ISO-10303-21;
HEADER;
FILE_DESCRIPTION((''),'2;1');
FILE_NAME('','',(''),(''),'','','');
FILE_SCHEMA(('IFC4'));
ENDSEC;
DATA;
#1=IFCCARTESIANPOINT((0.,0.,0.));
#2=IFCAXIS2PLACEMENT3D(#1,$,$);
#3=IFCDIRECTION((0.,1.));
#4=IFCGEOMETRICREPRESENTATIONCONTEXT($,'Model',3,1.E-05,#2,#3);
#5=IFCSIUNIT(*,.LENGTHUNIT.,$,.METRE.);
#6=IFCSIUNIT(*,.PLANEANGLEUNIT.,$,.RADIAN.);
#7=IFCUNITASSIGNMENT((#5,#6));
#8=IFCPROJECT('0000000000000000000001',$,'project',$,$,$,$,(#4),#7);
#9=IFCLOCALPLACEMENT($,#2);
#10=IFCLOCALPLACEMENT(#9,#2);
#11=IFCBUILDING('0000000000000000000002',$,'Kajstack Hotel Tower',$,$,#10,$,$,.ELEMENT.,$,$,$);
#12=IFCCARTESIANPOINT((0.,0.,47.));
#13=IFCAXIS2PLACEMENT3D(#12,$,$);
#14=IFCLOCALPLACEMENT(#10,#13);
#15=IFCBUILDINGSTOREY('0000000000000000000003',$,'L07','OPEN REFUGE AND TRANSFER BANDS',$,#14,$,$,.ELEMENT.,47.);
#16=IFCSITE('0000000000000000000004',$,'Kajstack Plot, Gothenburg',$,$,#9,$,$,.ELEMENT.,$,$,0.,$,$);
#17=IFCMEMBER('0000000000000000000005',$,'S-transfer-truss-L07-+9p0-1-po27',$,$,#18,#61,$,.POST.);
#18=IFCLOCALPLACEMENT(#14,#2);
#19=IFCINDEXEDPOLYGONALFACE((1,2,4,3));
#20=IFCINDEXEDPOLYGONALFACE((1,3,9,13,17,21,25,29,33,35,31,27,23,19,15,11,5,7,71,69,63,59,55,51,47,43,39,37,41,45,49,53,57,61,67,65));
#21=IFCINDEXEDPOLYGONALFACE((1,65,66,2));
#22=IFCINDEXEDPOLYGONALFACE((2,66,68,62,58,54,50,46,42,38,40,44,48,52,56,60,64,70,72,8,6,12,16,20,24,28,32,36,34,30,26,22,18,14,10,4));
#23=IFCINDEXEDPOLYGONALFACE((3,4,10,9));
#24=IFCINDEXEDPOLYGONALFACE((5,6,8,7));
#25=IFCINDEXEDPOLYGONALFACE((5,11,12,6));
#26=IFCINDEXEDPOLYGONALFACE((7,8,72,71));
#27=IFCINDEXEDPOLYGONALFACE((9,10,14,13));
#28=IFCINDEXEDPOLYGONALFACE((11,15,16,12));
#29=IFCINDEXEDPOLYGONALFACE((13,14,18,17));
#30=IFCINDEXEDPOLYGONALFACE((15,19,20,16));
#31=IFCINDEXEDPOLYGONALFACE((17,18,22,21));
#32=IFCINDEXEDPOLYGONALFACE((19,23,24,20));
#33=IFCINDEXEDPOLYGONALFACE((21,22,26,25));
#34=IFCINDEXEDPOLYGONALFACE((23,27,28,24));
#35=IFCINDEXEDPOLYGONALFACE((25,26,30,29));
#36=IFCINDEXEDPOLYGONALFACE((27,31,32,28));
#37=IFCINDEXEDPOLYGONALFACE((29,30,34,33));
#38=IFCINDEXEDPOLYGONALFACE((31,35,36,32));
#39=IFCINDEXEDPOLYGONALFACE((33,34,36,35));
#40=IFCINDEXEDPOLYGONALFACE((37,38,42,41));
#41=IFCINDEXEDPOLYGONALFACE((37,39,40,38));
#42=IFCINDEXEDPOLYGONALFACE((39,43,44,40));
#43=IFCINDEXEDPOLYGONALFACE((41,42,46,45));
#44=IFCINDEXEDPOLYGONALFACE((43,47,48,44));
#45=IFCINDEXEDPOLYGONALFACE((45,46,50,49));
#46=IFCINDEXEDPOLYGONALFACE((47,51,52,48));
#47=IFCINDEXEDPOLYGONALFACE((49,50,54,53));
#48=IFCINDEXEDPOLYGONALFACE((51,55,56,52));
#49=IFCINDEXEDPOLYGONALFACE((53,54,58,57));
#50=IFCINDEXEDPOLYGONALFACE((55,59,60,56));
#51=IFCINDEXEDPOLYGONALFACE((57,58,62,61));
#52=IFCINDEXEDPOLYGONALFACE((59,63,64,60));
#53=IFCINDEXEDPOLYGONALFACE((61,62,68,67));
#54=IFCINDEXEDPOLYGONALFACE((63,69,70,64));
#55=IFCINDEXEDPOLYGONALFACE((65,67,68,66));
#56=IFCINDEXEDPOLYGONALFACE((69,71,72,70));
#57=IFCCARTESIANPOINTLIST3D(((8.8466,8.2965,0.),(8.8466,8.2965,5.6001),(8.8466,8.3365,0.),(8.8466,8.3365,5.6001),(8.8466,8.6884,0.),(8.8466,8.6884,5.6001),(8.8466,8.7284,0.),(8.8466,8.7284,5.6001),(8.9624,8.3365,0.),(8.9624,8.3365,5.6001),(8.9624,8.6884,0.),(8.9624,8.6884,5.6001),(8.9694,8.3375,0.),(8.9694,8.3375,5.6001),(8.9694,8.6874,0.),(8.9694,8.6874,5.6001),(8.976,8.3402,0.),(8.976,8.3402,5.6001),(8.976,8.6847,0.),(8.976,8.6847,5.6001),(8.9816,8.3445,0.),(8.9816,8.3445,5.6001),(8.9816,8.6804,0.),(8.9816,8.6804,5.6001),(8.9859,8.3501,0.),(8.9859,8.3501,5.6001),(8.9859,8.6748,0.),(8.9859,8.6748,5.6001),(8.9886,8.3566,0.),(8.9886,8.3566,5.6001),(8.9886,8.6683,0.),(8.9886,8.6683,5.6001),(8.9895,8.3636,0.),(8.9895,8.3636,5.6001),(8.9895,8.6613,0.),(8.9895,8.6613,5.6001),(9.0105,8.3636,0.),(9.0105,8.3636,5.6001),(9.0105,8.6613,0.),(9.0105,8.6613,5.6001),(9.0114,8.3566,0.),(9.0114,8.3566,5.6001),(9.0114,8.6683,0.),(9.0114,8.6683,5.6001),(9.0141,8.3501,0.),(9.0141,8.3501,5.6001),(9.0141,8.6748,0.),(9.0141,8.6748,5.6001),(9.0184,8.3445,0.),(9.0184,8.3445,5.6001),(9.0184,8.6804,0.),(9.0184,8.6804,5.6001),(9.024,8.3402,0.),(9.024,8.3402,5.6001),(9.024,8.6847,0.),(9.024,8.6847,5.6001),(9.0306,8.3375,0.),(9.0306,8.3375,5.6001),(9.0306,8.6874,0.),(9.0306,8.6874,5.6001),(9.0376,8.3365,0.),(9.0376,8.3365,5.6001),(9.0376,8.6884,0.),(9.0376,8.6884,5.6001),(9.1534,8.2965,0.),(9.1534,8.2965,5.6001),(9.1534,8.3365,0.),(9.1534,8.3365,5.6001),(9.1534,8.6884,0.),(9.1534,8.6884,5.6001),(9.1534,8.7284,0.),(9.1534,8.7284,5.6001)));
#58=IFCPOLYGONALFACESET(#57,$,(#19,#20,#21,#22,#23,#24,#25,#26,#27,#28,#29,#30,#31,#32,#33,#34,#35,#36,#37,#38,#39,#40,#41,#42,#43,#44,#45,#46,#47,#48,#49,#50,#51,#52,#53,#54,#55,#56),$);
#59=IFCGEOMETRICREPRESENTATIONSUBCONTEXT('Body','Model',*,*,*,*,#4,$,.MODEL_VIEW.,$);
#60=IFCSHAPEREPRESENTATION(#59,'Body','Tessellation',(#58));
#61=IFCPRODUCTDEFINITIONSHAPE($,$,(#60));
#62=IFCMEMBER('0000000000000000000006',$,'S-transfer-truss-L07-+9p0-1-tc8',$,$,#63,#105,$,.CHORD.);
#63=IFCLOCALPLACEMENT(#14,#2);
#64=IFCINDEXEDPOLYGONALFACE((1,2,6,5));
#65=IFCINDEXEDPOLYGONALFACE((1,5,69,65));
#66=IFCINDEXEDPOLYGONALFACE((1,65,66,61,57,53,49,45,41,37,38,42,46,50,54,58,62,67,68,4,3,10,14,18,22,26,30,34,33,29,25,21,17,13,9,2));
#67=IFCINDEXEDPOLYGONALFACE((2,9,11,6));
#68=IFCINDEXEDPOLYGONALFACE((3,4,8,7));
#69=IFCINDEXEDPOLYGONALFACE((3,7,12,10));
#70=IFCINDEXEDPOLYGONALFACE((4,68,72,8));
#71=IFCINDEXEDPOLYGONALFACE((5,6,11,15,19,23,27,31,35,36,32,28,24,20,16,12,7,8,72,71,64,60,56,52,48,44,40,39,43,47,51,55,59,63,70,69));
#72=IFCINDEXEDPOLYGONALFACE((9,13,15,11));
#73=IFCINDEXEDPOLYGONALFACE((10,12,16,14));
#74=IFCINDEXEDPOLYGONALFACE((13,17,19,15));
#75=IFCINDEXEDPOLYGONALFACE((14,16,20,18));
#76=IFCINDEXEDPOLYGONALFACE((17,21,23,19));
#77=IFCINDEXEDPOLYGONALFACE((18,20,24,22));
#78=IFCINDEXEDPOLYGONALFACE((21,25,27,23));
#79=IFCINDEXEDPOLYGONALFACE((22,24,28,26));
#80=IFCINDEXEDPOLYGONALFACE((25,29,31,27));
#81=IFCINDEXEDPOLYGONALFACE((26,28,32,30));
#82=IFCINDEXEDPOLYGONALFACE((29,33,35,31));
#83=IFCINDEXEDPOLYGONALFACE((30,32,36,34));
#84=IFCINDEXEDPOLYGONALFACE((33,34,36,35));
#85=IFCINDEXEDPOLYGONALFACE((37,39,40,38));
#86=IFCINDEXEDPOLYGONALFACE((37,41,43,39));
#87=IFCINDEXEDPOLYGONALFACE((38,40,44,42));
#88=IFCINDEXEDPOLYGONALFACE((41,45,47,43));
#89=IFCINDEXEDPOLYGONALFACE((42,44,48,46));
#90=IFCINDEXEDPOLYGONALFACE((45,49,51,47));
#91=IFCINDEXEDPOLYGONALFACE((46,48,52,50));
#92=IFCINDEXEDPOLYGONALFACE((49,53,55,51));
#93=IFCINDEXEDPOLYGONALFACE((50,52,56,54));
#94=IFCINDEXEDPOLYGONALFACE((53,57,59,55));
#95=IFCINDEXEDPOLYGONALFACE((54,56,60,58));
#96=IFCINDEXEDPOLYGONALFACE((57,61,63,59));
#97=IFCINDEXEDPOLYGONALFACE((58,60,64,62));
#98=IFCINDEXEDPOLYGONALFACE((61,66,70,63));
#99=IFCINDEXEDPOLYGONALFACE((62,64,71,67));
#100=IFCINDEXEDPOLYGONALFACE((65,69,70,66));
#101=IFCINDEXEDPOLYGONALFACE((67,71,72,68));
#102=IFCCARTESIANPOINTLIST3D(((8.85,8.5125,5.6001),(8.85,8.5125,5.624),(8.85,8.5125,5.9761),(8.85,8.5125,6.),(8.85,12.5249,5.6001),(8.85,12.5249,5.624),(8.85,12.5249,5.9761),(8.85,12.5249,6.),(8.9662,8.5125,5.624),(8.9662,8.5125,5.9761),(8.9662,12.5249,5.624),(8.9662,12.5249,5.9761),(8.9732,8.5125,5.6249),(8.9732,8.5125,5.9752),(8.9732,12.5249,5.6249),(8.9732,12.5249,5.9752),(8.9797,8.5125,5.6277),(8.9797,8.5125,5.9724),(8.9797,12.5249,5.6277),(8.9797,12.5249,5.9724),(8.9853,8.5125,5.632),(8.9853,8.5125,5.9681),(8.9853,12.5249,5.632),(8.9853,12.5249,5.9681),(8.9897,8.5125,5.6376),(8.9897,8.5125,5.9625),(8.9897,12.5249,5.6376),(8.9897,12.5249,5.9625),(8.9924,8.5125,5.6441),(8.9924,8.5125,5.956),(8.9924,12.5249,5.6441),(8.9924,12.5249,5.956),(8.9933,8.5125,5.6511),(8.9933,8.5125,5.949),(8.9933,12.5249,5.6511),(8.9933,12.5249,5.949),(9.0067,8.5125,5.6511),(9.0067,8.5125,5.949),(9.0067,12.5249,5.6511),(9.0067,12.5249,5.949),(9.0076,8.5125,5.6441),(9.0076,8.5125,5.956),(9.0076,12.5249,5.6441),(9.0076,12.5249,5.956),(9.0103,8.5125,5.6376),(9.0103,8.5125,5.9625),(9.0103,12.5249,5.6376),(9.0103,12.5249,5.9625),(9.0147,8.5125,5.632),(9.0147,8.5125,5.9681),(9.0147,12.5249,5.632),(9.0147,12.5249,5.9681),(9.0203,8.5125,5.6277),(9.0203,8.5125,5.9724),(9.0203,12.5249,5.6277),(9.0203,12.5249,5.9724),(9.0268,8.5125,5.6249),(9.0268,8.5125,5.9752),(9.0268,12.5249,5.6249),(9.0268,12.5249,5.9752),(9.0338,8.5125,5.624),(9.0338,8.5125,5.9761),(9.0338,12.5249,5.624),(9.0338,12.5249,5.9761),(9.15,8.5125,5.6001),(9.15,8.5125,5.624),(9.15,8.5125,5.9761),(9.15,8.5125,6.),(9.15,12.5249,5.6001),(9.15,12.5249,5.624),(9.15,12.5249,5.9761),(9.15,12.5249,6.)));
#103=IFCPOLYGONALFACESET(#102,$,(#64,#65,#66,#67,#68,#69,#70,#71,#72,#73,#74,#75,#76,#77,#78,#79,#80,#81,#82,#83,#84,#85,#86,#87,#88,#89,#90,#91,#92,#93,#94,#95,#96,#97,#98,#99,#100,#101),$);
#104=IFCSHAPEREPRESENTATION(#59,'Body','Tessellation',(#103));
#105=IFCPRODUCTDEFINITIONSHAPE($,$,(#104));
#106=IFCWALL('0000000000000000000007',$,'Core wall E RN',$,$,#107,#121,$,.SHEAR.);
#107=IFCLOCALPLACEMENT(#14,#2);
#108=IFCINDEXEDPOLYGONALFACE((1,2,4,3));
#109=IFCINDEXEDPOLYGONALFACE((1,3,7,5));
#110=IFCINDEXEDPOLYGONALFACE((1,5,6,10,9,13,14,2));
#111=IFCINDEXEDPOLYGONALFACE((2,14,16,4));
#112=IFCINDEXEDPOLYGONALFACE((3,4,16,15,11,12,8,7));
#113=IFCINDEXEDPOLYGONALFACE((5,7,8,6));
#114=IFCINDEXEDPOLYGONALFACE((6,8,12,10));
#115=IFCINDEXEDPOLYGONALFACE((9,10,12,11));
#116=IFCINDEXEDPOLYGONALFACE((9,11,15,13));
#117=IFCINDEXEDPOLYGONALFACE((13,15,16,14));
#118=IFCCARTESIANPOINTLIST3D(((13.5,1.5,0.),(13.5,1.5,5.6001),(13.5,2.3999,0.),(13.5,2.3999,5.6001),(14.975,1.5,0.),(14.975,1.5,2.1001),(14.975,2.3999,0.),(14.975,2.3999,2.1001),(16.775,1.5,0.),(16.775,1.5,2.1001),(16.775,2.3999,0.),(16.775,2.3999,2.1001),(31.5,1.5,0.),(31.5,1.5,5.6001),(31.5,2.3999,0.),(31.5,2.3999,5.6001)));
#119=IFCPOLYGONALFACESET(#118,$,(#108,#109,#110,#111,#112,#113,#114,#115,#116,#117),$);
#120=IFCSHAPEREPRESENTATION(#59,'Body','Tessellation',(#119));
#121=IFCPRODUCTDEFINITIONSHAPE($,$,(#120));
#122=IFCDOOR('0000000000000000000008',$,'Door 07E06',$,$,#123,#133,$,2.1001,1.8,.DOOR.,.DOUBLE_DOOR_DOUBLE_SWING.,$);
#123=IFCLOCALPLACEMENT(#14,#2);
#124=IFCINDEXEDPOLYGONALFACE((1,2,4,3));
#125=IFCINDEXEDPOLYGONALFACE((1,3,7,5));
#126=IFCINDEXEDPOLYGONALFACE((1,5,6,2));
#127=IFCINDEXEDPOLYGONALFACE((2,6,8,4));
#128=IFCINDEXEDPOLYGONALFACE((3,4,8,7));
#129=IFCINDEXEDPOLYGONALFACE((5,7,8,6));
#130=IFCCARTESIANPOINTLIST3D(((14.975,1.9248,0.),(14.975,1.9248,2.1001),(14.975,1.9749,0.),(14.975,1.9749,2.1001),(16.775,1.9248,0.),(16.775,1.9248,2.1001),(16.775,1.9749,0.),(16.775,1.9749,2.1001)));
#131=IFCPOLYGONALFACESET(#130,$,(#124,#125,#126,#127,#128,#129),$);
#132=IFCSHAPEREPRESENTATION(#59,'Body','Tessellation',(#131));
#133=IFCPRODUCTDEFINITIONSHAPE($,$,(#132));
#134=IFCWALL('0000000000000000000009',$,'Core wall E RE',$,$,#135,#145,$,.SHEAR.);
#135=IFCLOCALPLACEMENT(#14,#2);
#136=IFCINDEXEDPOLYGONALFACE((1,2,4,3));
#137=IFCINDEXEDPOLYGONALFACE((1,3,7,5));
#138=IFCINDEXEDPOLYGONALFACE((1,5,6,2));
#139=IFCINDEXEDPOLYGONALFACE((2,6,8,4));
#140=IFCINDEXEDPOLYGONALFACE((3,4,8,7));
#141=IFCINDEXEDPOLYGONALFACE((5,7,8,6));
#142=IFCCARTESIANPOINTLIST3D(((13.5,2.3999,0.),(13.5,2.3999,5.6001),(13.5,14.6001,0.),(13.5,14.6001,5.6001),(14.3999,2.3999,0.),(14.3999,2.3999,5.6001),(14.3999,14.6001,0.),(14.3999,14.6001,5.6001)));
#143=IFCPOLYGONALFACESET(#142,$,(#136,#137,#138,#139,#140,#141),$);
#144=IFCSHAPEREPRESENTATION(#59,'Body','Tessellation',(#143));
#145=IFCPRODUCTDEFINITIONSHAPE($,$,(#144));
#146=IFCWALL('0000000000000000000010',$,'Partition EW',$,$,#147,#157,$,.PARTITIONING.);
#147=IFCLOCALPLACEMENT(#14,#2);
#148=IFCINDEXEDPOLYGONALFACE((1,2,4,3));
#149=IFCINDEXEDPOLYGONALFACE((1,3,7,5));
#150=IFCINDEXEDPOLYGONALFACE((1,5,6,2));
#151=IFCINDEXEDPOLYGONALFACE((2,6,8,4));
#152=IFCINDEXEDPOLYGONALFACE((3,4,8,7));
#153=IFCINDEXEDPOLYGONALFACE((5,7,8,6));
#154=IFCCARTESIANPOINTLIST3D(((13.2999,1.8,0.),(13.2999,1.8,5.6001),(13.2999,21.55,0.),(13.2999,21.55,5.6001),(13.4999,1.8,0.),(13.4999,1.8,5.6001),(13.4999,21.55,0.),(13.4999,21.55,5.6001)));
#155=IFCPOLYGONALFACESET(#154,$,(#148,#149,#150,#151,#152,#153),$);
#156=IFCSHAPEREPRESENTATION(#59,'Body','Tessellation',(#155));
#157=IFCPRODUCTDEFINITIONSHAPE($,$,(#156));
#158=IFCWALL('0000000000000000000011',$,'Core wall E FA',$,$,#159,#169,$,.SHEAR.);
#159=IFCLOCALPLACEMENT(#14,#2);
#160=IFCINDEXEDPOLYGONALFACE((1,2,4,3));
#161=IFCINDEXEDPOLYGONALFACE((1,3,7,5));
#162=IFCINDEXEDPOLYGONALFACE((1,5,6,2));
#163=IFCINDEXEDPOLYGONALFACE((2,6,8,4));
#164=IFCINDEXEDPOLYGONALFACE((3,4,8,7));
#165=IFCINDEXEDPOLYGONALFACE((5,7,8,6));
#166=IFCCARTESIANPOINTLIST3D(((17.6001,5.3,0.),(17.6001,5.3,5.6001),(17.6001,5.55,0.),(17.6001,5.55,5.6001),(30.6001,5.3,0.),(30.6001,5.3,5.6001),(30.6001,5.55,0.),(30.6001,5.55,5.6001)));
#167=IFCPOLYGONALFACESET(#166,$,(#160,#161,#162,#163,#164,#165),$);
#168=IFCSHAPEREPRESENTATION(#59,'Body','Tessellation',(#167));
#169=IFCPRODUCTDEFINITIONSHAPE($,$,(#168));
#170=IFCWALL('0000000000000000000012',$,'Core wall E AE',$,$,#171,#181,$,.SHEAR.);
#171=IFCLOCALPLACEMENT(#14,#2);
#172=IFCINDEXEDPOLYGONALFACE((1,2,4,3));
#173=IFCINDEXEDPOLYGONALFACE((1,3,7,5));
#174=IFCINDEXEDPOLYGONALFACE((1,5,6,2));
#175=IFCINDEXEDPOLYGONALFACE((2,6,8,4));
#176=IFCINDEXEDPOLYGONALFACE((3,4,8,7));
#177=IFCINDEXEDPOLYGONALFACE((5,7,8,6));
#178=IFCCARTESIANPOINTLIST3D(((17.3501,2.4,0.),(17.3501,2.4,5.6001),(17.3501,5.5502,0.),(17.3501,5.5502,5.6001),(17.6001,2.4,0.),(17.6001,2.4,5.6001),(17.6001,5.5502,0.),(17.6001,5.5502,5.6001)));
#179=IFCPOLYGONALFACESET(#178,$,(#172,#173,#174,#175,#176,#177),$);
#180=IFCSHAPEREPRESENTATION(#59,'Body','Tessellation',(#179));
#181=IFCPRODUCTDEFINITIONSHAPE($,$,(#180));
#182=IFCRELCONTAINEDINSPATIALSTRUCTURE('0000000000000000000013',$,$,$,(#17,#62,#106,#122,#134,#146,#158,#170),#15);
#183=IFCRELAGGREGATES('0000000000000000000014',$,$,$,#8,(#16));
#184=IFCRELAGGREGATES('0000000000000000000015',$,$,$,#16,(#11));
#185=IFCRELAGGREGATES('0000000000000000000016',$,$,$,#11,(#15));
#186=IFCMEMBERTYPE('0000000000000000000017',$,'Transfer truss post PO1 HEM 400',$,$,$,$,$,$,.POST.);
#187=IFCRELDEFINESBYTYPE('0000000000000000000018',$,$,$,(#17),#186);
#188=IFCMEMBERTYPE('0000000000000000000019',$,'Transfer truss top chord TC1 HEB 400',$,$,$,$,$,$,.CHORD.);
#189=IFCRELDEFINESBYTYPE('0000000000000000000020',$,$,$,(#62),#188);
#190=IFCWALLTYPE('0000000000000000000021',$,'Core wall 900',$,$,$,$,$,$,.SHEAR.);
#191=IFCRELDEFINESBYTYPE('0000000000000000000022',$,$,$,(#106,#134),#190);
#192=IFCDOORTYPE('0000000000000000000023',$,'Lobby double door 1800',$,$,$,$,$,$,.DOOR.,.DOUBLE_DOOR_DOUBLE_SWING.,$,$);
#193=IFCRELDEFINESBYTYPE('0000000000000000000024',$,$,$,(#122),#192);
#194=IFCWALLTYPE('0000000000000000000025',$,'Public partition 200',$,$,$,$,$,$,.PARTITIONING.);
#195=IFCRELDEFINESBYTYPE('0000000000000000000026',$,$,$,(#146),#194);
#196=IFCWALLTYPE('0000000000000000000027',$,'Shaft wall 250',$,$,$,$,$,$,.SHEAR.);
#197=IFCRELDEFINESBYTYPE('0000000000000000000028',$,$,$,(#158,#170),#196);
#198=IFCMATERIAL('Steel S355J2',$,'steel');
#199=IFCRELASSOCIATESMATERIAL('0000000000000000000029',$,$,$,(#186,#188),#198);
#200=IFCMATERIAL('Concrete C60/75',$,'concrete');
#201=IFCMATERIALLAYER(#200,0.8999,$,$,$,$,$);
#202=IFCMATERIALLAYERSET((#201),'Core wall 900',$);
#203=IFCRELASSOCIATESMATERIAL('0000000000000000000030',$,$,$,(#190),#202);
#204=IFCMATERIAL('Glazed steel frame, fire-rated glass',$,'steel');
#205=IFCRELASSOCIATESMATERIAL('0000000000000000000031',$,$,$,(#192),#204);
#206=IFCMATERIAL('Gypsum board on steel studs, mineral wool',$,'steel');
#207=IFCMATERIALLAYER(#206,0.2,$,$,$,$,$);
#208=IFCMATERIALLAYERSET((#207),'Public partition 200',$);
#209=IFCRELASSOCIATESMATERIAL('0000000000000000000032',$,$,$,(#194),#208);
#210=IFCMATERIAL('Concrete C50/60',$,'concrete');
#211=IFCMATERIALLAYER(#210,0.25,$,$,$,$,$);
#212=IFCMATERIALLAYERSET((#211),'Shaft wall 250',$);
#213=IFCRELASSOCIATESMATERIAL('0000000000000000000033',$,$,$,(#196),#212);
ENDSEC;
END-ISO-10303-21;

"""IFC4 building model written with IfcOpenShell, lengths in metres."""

from ifc_helpers import new_model, si_unit, direction, frame, frame_2d, origin, origin_2d, place, context, subcontext, project, spatial, rectangle, i_section, extrude, material, layer, layer_set, material_profile, profile_set, type_object, element, fill, save


model = new_model("IFC4")

# Units and contexts
model_context = context("Model", 3, precision=1e-05, world=origin(), true_north=direction((0.0, 1.0)))
body_context = subcontext(model_context, "Body", "Model", "MODEL_VIEW")
ifc_project = project(units=[si_unit("LENGTHUNIT", "METRE"), si_unit("PLANEANGLEUNIT", "RADIAN")], contexts=[model_context])

# Site, building, storey
site_placement = place(None, origin())
site = spatial("IfcSite", under=ifc_project, at=site_placement, Name="Kajstack Plot, Gothenburg", CompositionType="ELEMENT", RefElevation=0.0)
building_placement = place(site_placement, origin())
building = spatial("IfcBuilding", under=site, at=building_placement, Name="Kajstack Hotel Tower", CompositionType="ELEMENT")
storey_placement = place(building_placement, frame((0.0, 0.0, 47.0)))
storey = spatial("IfcBuildingStorey", under=building, at=storey_placement, Name="L07", Description="OPEN REFUGE AND TRANSFER BANDS", CompositionType="ELEMENT", Elevation=47.0)

# Members
ifc_material_1 = material(Name="Steel S355J2", Category="steel")
ifc_material_profile_1 = material_profile(ifc_material_1, i_section(OverallWidth=0.3069, OverallDepth=0.4319, WebThickness=0.021, FlangeThickness=0.04, FilletRadius=0.0271, at=origin_2d()), Name="HEM 400")
ifc_profile_set_1 = profile_set([ifc_material_profile_1], Name="Steel S355J2")
member_type_1 = type_object("IfcMemberType", Name="Transfer truss post PO1 HEM 400", PredefinedType="POST", material=ifc_profile_set_1)
for number, where, z_axis, x_axis, name in (
    (1, (9.0, 8.5125, 0.0), (0.0, 0.0, 1.0), (1.0, 0.0, 0.0), "S-transfer-truss-L07-+9p0-1-po27"),
):
    element("IfcMember", number, at=place(storey_placement, frame(where, z_axis=z_axis, x_axis=x_axis)), inside=storey, type_object=member_type_1, Name=name, PredefinedType="POST", context=body_context, shape_type="SweptSolid", body=[
        extrude(i_section(OverallWidth=0.3069, OverallDepth=0.4319, WebThickness=0.021, FlangeThickness=0.04, FilletRadius=0.0271, at=origin_2d()), origin(), (0.0, 0.0, 1.0), 5.6001),
    ])
ifc_material_profile_2 = material_profile(ifc_material_1, i_section(OverallWidth=0.3, OverallDepth=0.3999, WebThickness=0.0134, FlangeThickness=0.0239, FilletRadius=0.0271, at=origin_2d()), Name="HEB 400")
ifc_profile_set_2 = profile_set([ifc_material_profile_2], Name="Steel S355J2")
member_type_2 = type_object("IfcMemberType", Name="Transfer truss top chord TC1 HEB 400", PredefinedType="CHORD", material=ifc_profile_set_2)
member_1_placement = place(storey_placement, frame((9.0, 8.5125, 5.8), z_axis=(0.0, 1.0, 0.0), x_axis=(-1.0, 0.0, 0.0)))
element("IfcMember", 2, at=member_1_placement, inside=storey, type_object=member_type_2, Name="S-transfer-truss-L07-+9p0-1-tc8", PredefinedType="CHORD", context=body_context, shape_type="SweptSolid", body=[
    extrude(i_section(OverallWidth=0.3, OverallDepth=0.3999, WebThickness=0.0134, FlangeThickness=0.0239, FilletRadius=0.0271, at=origin_2d()), origin(), (0.0, 0.0, 1.0), 4.0125),
])

# Wall, opening, door
ifc_material_2 = material(Name="Concrete C60/75", Category="concrete")
ifc_layer_1 = layer(ifc_material_2, 0.8999)
ifc_layer_set_1 = layer_set([ifc_layer_1], Name="Core wall 900")
wall_type_1 = type_object("IfcWallType", Name="Core wall 900", PredefinedType="SHEAR", material=ifc_layer_set_1)
wall_1_placement = place(storey_placement, frame((13.5, 1.95, 0.0), z_axis=(0.0, 0.0, 1.0), x_axis=(1.0, 0.0, 0.0)))
wall_1 = element("IfcWall", 3, at=wall_1_placement, inside=storey, type_object=wall_type_1, Name="Core wall E RN", PredefinedType="SHEAR", context=body_context, shape_type="SweptSolid", body=[
    extrude(rectangle(XDim=18.0, YDim=0.8999, at=frame_2d((9.0, 0.0))), origin(), (0.0, 0.0, 1.0), 5.6001),
])
opening_1_placement = place(wall_1_placement, frame((1.4751, 0.0, 0.0)))
opening_1 = element("IfcOpeningElement", 4, at=opening_1_placement, cuts=wall_1, PredefinedType="OPENING", context=body_context, shape_type="SweptSolid", body=[
    extrude(rectangle(XDim=1.8, YDim=2.1001, at=frame_2d((0.8999, 1.05))), frame((0.0, 0.46, 0.0), z_axis=(0.0, -1.0, 0.0), x_axis=(1.0, 0.0, 0.0)), (0.0, 0.0, 1.0), 0.9199),
])
ifc_material_3 = material(Name="Glazed steel frame, fire-rated glass", Category="steel")
door_type_1 = type_object("IfcDoorType", Name="Lobby double door 1800", OperationType="DOUBLE_DOOR_DOUBLE_SWING", PredefinedType="DOOR", material=ifc_material_3)
door_1_placement = place(opening_1_placement, origin())
door_1 = element("IfcDoor", 5, at=door_1_placement, inside=storey, type_object=door_type_1, Name="Door 07E06", OperationType="DOUBLE_DOOR_DOUBLE_SWING", OverallHeight=2.1001, OverallWidth=1.8, PredefinedType="DOOR", context=body_context, shape_type="SweptSolid", body=[
    extrude(rectangle(XDim=1.8, YDim=2.1001, at=frame_2d((0.8999, 1.05))), frame((0.0, 0.0249, 0.0), z_axis=(0.0, -1.0, 0.0), x_axis=(1.0, 0.0, 0.0)), (0.0, 0.0, 1.0), 0.05),
])
fill(opening_1, door_1)

# Walls
wall_2_placement = place(storey_placement, frame((13.95, 2.3999, 0.0), z_axis=(0.0, 0.0, 1.0), x_axis=(0.0, 1.0, 0.0)))
element("IfcWall", 6, at=wall_2_placement, inside=storey, type_object=wall_type_1, Name="Core wall E RE", PredefinedType="SHEAR", context=body_context, shape_type="SweptSolid", body=[
    extrude(rectangle(XDim=12.2002, YDim=0.8999, at=frame_2d((6.1001, 0.0))), origin(), (0.0, 0.0, 1.0), 5.6001),
])
ifc_material_4 = material(Name="Gypsum board on steel studs, mineral wool", Category="steel")
ifc_layer_2 = layer(ifc_material_4, 0.2)
ifc_layer_set_2 = layer_set([ifc_layer_2], Name="Public partition 200")
wall_type_2 = type_object("IfcWallType", Name="Public partition 200", PredefinedType="PARTITIONING", material=ifc_layer_set_2)
wall_3_placement = place(storey_placement, frame((13.3999, 1.8, 0.0), z_axis=(0.0, 0.0, 1.0), x_axis=(0.0, 1.0, 0.0)))
element("IfcWall", 7, at=wall_3_placement, inside=storey, type_object=wall_type_2, Name="Partition EW", PredefinedType="PARTITIONING", context=body_context, shape_type="SweptSolid", body=[
    extrude(rectangle(XDim=19.75, YDim=0.2, at=frame_2d((9.875, 0.0))), origin(), (0.0, 0.0, 1.0), 5.6001),
])
ifc_material_5 = material(Name="Concrete C50/60", Category="concrete")
ifc_layer_3 = layer(ifc_material_5, 0.25)
ifc_layer_set_3 = layer_set([ifc_layer_3], Name="Shaft wall 250")
wall_type_3 = type_object("IfcWallType", Name="Shaft wall 250", PredefinedType="SHEAR", material=ifc_layer_set_3)
wall_4_placement = place(storey_placement, frame((17.6001, 5.425, 0.0), z_axis=(0.0, 0.0, 1.0), x_axis=(1.0, 0.0, 0.0)))
element("IfcWall", 8, at=wall_4_placement, inside=storey, type_object=wall_type_3, Name="Core wall E FA", PredefinedType="SHEAR", context=body_context, shape_type="SweptSolid", body=[
    extrude(rectangle(XDim=13.0, YDim=0.25, at=frame_2d((6.5, 0.0))), origin(), (0.0, 0.0, 1.0), 5.6001),
])
wall_5_placement = place(storey_placement, frame((17.4751, 2.3999, 0.0), z_axis=(0.0, 0.0, 1.0), x_axis=(0.0, 1.0, 0.0)))
element("IfcWall", 9, at=wall_5_placement, inside=storey, type_object=wall_type_3, Name="Core wall E AE", PredefinedType="SHEAR", context=body_context, shape_type="SweptSolid", body=[
    extrude(rectangle(XDim=3.1501, YDim=0.25, at=frame_2d((1.5752, 0.0))), origin(), (0.0, 0.0, 1.0), 5.6001),
])

save(model, "model.ifc")
